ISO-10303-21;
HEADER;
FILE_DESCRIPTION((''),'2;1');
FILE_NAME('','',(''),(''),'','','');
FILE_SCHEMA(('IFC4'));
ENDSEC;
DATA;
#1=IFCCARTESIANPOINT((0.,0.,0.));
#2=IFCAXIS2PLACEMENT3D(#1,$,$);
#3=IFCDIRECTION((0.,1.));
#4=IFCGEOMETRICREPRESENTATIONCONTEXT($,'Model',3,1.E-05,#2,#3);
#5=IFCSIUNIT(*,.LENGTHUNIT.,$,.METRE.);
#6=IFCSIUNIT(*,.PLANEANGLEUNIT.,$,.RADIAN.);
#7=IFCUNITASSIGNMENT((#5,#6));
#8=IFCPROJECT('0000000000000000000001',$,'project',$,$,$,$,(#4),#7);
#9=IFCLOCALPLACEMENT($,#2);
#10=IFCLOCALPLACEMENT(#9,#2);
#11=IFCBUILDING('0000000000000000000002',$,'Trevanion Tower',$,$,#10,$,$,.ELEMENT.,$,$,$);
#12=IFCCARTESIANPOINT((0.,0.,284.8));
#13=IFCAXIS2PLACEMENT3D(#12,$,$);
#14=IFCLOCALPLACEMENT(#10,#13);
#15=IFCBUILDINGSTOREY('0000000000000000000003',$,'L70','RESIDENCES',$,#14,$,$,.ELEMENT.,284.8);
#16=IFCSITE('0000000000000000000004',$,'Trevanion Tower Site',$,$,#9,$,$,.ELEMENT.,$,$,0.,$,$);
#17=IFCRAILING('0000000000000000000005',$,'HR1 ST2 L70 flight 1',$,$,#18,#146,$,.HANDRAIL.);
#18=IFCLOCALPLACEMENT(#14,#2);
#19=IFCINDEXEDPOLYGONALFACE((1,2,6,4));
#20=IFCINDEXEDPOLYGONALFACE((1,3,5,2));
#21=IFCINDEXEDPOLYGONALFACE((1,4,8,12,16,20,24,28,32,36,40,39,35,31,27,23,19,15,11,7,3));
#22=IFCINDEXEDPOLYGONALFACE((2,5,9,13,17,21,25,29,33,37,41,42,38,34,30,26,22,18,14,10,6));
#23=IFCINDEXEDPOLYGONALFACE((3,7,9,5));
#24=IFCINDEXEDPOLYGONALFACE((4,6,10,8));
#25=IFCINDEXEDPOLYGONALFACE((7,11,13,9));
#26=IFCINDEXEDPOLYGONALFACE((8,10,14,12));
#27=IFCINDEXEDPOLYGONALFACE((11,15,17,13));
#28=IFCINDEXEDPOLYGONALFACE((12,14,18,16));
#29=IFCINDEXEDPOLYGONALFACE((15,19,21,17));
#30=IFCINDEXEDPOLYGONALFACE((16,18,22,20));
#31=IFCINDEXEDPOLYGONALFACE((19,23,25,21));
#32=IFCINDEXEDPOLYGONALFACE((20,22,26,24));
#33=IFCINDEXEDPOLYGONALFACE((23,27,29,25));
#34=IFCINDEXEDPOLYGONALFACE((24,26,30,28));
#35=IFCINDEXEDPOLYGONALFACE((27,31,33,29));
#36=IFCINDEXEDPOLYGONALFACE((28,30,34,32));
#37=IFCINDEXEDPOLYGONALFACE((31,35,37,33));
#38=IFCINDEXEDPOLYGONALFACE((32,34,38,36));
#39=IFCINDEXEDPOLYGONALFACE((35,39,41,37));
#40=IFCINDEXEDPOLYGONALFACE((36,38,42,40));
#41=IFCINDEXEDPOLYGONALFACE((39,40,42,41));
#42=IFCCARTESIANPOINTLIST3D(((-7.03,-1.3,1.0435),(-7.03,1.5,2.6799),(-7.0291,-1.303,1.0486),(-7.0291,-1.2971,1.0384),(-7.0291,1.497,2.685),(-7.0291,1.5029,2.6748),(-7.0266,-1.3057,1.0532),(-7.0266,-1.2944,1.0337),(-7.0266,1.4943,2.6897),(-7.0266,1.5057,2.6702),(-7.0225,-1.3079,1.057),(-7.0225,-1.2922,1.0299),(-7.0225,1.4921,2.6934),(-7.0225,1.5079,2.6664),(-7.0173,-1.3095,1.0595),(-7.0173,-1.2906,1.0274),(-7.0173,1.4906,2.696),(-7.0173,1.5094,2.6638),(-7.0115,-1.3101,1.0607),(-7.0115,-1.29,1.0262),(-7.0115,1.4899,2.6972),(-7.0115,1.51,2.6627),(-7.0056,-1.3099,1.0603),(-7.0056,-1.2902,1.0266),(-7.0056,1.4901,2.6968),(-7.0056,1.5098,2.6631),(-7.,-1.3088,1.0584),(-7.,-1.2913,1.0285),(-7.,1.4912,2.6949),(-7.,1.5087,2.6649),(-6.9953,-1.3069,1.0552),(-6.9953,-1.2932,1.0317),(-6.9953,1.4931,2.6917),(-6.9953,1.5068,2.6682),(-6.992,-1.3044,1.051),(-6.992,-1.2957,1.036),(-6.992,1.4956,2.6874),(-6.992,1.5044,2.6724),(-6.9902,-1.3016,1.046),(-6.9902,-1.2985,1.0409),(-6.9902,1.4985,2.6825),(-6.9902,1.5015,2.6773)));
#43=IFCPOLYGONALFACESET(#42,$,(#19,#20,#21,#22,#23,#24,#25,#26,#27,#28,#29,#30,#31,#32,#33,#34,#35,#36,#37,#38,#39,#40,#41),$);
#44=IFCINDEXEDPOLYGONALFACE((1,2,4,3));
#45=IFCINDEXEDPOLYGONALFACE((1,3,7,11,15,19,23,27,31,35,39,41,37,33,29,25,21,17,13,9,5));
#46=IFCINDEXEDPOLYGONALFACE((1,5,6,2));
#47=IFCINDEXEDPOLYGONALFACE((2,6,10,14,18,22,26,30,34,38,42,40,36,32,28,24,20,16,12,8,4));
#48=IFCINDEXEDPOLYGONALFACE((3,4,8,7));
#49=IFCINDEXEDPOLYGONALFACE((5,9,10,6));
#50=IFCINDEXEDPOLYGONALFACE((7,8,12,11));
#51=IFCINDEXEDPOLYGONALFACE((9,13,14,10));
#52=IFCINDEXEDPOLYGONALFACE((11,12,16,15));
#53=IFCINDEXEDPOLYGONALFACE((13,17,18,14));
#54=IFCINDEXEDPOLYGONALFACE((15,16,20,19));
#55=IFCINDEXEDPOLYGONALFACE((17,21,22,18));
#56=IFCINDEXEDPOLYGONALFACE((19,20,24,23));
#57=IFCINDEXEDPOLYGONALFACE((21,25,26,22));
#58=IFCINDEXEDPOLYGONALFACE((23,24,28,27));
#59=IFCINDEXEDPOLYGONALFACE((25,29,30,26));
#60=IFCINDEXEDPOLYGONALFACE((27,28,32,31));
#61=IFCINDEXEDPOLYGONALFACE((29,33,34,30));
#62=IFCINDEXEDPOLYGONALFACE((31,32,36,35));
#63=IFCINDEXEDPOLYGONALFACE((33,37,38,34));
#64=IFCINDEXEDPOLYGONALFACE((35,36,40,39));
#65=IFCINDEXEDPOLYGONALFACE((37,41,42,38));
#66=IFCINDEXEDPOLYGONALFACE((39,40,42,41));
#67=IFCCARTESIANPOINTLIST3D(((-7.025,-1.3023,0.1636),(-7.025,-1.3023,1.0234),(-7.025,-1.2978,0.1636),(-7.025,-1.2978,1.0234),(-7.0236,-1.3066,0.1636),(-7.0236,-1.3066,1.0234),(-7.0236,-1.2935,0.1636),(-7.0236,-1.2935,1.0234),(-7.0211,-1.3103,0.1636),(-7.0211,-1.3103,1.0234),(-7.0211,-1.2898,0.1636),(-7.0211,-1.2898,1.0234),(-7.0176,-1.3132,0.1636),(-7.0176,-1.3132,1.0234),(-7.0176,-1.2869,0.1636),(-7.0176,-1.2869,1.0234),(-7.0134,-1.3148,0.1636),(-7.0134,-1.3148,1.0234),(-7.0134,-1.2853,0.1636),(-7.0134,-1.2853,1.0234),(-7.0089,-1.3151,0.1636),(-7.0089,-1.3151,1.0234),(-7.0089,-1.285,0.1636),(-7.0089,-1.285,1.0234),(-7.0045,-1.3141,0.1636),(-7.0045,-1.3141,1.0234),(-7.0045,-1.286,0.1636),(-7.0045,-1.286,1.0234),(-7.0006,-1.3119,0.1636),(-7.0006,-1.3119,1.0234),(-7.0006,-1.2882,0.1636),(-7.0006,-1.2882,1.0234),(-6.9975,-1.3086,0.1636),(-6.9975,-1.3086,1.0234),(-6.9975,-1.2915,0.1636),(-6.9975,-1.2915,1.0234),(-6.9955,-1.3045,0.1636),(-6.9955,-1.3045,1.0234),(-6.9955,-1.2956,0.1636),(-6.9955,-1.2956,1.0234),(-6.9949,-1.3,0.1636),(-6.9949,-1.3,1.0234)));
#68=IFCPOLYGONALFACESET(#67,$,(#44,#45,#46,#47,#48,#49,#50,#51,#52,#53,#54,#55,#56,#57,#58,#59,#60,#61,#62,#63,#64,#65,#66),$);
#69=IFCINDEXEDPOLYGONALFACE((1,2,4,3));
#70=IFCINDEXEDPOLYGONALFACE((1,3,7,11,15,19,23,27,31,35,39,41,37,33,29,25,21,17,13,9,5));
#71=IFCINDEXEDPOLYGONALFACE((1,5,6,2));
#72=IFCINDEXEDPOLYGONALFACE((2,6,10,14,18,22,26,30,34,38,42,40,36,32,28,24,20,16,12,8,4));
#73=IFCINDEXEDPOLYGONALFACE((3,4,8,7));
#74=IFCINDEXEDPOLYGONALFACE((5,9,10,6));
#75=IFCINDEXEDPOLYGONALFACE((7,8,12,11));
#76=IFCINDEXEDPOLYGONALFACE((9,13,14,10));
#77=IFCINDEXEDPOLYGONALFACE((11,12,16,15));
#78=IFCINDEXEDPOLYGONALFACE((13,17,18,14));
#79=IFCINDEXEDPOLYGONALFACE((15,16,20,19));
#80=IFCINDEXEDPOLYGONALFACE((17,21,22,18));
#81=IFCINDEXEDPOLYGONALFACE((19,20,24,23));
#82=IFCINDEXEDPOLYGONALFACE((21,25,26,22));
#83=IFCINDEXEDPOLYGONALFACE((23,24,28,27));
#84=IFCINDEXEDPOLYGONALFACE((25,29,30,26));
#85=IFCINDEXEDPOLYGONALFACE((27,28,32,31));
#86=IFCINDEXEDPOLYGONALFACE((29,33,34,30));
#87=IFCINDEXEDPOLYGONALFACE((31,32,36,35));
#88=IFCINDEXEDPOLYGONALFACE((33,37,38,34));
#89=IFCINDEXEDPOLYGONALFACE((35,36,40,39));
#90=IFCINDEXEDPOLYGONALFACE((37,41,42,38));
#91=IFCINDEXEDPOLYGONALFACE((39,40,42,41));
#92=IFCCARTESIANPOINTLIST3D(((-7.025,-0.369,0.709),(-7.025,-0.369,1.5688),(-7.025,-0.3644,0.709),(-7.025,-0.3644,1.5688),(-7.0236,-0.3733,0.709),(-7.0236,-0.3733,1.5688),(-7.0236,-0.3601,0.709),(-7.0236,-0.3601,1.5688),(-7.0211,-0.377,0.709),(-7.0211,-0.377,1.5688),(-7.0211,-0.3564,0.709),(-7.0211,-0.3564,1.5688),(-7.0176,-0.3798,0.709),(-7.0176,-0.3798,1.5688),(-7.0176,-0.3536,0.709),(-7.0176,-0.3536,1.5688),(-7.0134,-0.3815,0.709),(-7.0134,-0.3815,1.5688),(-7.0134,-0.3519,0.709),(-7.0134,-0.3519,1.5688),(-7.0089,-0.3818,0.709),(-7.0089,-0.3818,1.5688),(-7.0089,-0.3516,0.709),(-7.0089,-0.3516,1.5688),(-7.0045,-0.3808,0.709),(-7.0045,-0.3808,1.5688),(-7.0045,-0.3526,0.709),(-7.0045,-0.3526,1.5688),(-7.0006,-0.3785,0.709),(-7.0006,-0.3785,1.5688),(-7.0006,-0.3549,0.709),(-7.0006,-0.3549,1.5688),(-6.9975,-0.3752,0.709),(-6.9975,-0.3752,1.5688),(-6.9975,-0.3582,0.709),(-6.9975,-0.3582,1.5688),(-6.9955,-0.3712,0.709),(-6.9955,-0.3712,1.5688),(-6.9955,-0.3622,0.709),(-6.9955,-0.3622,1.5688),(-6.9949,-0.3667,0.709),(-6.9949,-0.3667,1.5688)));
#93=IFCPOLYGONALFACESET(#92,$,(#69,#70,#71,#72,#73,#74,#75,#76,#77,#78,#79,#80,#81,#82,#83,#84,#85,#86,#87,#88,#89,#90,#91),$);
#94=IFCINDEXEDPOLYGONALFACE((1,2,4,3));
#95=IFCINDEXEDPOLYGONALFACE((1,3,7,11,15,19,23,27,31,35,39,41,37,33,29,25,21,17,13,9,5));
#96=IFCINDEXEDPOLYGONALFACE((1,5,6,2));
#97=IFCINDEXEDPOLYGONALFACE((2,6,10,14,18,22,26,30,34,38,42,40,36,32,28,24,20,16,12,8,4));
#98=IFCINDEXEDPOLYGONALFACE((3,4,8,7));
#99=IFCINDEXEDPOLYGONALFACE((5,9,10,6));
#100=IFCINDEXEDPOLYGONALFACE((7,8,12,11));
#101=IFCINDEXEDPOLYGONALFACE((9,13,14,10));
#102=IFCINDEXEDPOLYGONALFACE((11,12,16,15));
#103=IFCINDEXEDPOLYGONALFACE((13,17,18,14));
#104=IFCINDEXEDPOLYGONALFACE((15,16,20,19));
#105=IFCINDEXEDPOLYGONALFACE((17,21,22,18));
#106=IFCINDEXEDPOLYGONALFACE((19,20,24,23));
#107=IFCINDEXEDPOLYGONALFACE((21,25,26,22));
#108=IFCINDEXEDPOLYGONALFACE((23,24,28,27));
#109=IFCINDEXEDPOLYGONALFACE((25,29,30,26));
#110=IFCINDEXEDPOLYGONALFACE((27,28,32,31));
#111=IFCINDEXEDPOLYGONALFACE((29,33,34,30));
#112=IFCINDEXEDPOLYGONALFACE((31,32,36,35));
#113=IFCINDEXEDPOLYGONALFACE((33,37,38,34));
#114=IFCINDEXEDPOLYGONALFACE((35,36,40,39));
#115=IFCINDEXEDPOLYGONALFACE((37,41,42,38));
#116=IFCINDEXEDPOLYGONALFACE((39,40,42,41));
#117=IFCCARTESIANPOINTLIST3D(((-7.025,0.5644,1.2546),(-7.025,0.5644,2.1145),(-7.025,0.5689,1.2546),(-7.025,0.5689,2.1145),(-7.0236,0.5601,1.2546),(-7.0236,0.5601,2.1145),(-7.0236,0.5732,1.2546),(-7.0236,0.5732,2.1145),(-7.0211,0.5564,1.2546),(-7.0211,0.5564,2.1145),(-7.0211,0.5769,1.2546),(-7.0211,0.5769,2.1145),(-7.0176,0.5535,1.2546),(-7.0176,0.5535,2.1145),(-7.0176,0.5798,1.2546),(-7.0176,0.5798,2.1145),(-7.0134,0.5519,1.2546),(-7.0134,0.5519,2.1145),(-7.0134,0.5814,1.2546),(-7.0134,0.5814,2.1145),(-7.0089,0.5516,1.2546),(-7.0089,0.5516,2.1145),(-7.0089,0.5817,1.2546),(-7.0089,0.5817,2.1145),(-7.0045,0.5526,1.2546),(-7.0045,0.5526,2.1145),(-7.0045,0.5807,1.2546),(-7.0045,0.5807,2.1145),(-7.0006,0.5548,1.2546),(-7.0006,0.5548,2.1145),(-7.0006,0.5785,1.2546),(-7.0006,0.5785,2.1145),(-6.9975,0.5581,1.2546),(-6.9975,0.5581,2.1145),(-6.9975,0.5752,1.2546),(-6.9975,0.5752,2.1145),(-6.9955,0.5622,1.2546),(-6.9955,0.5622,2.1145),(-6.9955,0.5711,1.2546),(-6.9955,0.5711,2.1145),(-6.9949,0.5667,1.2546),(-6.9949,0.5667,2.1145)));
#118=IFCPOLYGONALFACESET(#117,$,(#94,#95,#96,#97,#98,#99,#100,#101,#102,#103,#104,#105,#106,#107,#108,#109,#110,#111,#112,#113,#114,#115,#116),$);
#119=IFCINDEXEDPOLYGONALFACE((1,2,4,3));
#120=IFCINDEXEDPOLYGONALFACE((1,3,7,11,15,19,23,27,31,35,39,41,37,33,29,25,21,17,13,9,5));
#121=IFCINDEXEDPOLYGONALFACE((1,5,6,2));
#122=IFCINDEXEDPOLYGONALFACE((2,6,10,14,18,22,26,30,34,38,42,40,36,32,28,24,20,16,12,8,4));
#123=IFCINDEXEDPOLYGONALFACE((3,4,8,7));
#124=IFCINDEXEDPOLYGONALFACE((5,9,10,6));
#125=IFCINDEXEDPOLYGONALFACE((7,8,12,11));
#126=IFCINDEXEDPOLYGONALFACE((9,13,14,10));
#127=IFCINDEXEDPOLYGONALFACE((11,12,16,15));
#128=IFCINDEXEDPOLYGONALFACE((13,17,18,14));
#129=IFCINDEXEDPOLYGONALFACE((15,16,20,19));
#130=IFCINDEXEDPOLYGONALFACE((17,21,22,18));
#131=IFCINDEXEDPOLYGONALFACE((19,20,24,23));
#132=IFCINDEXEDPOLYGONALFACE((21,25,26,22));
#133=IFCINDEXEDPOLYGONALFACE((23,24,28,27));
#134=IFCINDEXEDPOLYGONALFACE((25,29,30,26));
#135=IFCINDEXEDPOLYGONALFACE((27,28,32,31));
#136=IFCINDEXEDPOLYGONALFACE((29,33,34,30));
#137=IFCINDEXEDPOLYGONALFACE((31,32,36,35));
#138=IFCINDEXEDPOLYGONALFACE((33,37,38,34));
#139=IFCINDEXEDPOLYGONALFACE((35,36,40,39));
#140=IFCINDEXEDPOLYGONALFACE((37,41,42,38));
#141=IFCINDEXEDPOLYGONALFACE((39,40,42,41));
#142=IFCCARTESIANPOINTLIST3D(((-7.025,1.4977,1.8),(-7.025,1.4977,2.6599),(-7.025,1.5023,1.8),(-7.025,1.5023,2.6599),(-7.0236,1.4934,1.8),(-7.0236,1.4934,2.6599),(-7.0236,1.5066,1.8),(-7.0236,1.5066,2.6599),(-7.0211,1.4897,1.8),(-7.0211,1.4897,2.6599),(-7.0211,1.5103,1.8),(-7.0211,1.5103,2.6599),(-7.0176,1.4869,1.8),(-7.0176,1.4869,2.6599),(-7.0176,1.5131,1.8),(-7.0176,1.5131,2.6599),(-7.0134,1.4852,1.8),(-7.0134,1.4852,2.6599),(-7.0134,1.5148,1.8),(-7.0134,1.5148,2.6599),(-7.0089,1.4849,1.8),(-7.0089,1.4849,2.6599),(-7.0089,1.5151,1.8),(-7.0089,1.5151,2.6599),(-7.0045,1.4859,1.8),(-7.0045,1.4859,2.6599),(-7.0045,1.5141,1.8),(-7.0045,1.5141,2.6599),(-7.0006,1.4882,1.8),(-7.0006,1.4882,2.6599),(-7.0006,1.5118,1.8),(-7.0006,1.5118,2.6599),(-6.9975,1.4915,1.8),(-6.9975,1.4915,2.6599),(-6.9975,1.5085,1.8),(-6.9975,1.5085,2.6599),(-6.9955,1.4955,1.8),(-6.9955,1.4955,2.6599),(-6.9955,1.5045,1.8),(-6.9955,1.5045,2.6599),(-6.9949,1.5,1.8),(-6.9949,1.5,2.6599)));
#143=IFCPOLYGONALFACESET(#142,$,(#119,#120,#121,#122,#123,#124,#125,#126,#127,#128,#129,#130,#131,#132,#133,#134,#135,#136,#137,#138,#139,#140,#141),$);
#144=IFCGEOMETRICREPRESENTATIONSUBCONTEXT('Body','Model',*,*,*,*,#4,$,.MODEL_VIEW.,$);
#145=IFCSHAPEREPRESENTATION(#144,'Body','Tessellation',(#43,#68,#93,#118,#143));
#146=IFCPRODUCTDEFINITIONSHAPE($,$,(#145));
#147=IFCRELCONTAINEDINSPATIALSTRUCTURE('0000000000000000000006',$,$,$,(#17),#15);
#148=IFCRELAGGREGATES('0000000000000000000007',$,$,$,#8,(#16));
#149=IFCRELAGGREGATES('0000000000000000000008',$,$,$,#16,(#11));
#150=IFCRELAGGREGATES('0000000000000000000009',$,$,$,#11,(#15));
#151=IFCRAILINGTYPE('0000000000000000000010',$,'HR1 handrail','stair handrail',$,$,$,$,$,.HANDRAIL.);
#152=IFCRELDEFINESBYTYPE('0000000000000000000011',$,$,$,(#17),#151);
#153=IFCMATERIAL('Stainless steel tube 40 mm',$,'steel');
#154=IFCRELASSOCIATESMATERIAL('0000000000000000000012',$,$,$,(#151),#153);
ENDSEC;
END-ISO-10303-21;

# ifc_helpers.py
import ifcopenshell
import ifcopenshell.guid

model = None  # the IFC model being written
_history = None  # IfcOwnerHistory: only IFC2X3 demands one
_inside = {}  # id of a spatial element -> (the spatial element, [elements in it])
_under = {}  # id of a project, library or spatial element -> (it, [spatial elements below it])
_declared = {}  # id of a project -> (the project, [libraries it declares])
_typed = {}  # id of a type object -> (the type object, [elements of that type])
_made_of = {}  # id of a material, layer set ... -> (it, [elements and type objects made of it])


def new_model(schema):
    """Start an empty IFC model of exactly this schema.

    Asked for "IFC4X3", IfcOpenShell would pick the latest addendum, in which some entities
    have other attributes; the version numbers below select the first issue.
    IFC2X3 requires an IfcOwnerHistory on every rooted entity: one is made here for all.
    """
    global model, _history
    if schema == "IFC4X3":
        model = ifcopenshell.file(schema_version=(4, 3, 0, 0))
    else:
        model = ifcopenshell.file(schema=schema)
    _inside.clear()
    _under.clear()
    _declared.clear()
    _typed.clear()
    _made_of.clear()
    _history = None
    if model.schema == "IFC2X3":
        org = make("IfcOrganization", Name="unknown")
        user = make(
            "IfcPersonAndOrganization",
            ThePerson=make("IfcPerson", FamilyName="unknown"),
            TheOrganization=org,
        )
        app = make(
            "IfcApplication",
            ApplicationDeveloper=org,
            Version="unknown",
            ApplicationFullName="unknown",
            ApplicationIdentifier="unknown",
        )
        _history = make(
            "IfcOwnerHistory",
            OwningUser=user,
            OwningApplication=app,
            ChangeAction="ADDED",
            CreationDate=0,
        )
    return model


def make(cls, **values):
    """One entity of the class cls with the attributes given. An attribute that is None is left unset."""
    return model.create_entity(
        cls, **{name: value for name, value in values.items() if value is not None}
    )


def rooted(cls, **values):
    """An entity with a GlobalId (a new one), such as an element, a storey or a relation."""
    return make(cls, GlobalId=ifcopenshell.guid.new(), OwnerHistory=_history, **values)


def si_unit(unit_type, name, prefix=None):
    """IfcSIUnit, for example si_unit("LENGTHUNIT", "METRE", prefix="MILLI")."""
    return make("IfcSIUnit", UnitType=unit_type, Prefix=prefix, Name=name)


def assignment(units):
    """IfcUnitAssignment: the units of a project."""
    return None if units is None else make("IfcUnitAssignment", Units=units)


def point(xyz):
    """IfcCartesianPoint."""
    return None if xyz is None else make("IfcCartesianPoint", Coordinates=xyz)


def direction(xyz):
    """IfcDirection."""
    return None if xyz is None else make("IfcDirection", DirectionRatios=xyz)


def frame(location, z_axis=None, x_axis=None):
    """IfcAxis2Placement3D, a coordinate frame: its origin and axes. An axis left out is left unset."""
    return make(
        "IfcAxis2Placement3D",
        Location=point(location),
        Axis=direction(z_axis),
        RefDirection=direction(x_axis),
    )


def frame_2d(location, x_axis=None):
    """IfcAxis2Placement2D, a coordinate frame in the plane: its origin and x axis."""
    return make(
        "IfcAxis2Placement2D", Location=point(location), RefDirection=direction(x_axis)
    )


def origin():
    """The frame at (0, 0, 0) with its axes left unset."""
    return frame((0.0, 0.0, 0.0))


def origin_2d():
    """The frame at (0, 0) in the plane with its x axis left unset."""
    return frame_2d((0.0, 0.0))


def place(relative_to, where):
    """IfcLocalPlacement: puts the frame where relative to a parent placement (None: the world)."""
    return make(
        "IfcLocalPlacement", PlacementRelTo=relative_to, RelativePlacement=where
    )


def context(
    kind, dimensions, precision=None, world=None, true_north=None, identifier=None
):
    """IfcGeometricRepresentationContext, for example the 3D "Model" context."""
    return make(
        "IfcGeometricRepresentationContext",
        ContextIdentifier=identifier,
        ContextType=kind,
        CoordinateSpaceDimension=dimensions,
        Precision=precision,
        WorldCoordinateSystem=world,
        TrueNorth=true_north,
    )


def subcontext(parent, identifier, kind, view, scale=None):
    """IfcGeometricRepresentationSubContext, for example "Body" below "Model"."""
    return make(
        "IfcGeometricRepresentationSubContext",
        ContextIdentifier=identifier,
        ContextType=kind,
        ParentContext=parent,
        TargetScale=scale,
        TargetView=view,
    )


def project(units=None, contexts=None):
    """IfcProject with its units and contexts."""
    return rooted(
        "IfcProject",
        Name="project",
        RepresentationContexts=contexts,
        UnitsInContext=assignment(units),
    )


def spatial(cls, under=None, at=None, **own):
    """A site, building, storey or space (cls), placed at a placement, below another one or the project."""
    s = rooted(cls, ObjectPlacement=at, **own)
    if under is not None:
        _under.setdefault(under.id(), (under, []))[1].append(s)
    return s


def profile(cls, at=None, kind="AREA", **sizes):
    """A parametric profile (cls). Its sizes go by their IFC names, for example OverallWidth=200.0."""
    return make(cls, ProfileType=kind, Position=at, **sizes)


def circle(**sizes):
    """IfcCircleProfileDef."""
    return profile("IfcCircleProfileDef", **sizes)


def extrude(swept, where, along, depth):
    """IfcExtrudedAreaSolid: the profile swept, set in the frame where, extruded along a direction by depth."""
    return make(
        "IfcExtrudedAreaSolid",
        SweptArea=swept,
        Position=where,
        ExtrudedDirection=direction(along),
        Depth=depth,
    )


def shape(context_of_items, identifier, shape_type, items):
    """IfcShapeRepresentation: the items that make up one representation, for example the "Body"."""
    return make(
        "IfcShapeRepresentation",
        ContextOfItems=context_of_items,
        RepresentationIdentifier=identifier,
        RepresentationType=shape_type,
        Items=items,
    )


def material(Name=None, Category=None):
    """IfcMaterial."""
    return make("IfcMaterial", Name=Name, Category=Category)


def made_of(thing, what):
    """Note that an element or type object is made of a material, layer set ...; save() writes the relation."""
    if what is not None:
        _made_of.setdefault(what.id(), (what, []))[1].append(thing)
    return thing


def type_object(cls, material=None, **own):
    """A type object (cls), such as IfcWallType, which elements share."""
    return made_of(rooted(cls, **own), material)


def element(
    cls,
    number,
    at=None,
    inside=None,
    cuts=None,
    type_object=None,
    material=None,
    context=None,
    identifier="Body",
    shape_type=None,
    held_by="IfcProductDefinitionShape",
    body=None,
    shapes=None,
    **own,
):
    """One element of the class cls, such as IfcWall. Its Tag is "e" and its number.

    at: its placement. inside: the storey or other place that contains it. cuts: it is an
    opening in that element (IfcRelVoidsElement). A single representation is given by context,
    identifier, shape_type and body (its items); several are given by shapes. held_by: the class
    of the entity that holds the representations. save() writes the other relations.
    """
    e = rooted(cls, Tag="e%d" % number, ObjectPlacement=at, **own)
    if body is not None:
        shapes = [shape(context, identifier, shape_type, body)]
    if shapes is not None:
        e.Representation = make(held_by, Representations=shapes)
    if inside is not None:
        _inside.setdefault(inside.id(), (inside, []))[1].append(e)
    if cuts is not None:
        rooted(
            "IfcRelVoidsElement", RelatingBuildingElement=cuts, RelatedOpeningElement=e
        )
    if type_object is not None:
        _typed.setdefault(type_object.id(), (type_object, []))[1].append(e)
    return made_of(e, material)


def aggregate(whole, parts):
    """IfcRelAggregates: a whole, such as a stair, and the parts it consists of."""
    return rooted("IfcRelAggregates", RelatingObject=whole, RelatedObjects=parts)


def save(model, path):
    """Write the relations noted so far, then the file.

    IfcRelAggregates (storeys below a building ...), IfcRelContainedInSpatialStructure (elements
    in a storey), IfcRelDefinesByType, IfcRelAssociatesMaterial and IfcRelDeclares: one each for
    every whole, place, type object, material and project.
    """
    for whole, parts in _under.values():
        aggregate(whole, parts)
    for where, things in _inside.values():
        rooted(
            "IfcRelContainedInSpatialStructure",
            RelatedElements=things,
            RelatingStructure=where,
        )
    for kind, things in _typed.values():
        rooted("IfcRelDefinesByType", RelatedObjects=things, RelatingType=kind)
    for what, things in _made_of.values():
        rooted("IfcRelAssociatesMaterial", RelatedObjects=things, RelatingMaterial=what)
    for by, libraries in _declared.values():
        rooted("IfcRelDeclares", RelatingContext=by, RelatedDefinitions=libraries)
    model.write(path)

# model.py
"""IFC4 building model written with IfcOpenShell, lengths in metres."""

from ifc_helpers import new_model, si_unit, direction, frame, origin, origin_2d, place, context, subcontext, project, spatial, circle, extrude, material, type_object, element, save


model = new_model("IFC4")

# Units and contexts
model_context = context("Model", 3, precision=1e-05, world=origin(), true_north=direction((0.0, 1.0)))
body_context = subcontext(model_context, "Body", "Model", "MODEL_VIEW")
ifc_project = project(units=[si_unit("LENGTHUNIT", "METRE"), si_unit("PLANEANGLEUNIT", "RADIAN")], contexts=[model_context])

# Site, building, storey
site_placement = place(None, origin())
site = spatial("IfcSite", under=ifc_project, at=site_placement, Name="Trevanion Tower Site", CompositionType="ELEMENT", RefElevation=0.0)
building_placement = place(site_placement, origin())
building = spatial("IfcBuilding", under=site, at=building_placement, Name="Trevanion Tower", CompositionType="ELEMENT")
storey_placement = place(building_placement, frame((0.0, 0.0, 284.8)))
storey = spatial("IfcBuildingStorey", under=building, at=storey_placement, Name="L70", Description="RESIDENCES", CompositionType="ELEMENT", Elevation=284.8)

# Railing
ifc_material_1 = material(Name="Stainless steel tube 40 mm", Category="steel")
railing_type = type_object("IfcRailingType", Name="HR1 handrail", Description="stair handrail", PredefinedType="HANDRAIL", material=ifc_material_1)
for number, where, name in (
    (1, (-7.01, -1.3, 0.1636), "HR1 ST2 L70 flight 1"),
):
    element("IfcRailing", number, at=place(storey_placement, frame(where)), inside=storey, type_object=railing_type, Name=name, PredefinedType="HANDRAIL", context=body_context, shape_type="SweptSolid", body=[
        extrude(circle(Radius=0.02, at=origin_2d()), frame((0.0, 0.0, 0.8799), z_axis=(0.0, 0.863361, 0.504587), x_axis=(-1.0, 0.0, 0.0)), (0.0, 0.0, 1.0), 3.2432),
        extrude(circle(Radius=0.0151, at=origin_2d()), origin(), (0.0, 0.0, 1.0), 0.8599),
        extrude(circle(Radius=0.0151, at=origin_2d()), frame((0.0, 0.9333, 0.5454)), (0.0, 0.0, 1.0), 0.8599),
        extrude(circle(Radius=0.0151, at=origin_2d()), frame((0.0, 1.8667, 1.0911)), (0.0, 0.0, 1.0), 0.8599),
        extrude(circle(Radius=0.0151, at=origin_2d()), frame((0.0, 2.8, 1.6365)), (0.0, 0.0, 1.0), 0.8599),
    ])

save(model, "model.ifc")
